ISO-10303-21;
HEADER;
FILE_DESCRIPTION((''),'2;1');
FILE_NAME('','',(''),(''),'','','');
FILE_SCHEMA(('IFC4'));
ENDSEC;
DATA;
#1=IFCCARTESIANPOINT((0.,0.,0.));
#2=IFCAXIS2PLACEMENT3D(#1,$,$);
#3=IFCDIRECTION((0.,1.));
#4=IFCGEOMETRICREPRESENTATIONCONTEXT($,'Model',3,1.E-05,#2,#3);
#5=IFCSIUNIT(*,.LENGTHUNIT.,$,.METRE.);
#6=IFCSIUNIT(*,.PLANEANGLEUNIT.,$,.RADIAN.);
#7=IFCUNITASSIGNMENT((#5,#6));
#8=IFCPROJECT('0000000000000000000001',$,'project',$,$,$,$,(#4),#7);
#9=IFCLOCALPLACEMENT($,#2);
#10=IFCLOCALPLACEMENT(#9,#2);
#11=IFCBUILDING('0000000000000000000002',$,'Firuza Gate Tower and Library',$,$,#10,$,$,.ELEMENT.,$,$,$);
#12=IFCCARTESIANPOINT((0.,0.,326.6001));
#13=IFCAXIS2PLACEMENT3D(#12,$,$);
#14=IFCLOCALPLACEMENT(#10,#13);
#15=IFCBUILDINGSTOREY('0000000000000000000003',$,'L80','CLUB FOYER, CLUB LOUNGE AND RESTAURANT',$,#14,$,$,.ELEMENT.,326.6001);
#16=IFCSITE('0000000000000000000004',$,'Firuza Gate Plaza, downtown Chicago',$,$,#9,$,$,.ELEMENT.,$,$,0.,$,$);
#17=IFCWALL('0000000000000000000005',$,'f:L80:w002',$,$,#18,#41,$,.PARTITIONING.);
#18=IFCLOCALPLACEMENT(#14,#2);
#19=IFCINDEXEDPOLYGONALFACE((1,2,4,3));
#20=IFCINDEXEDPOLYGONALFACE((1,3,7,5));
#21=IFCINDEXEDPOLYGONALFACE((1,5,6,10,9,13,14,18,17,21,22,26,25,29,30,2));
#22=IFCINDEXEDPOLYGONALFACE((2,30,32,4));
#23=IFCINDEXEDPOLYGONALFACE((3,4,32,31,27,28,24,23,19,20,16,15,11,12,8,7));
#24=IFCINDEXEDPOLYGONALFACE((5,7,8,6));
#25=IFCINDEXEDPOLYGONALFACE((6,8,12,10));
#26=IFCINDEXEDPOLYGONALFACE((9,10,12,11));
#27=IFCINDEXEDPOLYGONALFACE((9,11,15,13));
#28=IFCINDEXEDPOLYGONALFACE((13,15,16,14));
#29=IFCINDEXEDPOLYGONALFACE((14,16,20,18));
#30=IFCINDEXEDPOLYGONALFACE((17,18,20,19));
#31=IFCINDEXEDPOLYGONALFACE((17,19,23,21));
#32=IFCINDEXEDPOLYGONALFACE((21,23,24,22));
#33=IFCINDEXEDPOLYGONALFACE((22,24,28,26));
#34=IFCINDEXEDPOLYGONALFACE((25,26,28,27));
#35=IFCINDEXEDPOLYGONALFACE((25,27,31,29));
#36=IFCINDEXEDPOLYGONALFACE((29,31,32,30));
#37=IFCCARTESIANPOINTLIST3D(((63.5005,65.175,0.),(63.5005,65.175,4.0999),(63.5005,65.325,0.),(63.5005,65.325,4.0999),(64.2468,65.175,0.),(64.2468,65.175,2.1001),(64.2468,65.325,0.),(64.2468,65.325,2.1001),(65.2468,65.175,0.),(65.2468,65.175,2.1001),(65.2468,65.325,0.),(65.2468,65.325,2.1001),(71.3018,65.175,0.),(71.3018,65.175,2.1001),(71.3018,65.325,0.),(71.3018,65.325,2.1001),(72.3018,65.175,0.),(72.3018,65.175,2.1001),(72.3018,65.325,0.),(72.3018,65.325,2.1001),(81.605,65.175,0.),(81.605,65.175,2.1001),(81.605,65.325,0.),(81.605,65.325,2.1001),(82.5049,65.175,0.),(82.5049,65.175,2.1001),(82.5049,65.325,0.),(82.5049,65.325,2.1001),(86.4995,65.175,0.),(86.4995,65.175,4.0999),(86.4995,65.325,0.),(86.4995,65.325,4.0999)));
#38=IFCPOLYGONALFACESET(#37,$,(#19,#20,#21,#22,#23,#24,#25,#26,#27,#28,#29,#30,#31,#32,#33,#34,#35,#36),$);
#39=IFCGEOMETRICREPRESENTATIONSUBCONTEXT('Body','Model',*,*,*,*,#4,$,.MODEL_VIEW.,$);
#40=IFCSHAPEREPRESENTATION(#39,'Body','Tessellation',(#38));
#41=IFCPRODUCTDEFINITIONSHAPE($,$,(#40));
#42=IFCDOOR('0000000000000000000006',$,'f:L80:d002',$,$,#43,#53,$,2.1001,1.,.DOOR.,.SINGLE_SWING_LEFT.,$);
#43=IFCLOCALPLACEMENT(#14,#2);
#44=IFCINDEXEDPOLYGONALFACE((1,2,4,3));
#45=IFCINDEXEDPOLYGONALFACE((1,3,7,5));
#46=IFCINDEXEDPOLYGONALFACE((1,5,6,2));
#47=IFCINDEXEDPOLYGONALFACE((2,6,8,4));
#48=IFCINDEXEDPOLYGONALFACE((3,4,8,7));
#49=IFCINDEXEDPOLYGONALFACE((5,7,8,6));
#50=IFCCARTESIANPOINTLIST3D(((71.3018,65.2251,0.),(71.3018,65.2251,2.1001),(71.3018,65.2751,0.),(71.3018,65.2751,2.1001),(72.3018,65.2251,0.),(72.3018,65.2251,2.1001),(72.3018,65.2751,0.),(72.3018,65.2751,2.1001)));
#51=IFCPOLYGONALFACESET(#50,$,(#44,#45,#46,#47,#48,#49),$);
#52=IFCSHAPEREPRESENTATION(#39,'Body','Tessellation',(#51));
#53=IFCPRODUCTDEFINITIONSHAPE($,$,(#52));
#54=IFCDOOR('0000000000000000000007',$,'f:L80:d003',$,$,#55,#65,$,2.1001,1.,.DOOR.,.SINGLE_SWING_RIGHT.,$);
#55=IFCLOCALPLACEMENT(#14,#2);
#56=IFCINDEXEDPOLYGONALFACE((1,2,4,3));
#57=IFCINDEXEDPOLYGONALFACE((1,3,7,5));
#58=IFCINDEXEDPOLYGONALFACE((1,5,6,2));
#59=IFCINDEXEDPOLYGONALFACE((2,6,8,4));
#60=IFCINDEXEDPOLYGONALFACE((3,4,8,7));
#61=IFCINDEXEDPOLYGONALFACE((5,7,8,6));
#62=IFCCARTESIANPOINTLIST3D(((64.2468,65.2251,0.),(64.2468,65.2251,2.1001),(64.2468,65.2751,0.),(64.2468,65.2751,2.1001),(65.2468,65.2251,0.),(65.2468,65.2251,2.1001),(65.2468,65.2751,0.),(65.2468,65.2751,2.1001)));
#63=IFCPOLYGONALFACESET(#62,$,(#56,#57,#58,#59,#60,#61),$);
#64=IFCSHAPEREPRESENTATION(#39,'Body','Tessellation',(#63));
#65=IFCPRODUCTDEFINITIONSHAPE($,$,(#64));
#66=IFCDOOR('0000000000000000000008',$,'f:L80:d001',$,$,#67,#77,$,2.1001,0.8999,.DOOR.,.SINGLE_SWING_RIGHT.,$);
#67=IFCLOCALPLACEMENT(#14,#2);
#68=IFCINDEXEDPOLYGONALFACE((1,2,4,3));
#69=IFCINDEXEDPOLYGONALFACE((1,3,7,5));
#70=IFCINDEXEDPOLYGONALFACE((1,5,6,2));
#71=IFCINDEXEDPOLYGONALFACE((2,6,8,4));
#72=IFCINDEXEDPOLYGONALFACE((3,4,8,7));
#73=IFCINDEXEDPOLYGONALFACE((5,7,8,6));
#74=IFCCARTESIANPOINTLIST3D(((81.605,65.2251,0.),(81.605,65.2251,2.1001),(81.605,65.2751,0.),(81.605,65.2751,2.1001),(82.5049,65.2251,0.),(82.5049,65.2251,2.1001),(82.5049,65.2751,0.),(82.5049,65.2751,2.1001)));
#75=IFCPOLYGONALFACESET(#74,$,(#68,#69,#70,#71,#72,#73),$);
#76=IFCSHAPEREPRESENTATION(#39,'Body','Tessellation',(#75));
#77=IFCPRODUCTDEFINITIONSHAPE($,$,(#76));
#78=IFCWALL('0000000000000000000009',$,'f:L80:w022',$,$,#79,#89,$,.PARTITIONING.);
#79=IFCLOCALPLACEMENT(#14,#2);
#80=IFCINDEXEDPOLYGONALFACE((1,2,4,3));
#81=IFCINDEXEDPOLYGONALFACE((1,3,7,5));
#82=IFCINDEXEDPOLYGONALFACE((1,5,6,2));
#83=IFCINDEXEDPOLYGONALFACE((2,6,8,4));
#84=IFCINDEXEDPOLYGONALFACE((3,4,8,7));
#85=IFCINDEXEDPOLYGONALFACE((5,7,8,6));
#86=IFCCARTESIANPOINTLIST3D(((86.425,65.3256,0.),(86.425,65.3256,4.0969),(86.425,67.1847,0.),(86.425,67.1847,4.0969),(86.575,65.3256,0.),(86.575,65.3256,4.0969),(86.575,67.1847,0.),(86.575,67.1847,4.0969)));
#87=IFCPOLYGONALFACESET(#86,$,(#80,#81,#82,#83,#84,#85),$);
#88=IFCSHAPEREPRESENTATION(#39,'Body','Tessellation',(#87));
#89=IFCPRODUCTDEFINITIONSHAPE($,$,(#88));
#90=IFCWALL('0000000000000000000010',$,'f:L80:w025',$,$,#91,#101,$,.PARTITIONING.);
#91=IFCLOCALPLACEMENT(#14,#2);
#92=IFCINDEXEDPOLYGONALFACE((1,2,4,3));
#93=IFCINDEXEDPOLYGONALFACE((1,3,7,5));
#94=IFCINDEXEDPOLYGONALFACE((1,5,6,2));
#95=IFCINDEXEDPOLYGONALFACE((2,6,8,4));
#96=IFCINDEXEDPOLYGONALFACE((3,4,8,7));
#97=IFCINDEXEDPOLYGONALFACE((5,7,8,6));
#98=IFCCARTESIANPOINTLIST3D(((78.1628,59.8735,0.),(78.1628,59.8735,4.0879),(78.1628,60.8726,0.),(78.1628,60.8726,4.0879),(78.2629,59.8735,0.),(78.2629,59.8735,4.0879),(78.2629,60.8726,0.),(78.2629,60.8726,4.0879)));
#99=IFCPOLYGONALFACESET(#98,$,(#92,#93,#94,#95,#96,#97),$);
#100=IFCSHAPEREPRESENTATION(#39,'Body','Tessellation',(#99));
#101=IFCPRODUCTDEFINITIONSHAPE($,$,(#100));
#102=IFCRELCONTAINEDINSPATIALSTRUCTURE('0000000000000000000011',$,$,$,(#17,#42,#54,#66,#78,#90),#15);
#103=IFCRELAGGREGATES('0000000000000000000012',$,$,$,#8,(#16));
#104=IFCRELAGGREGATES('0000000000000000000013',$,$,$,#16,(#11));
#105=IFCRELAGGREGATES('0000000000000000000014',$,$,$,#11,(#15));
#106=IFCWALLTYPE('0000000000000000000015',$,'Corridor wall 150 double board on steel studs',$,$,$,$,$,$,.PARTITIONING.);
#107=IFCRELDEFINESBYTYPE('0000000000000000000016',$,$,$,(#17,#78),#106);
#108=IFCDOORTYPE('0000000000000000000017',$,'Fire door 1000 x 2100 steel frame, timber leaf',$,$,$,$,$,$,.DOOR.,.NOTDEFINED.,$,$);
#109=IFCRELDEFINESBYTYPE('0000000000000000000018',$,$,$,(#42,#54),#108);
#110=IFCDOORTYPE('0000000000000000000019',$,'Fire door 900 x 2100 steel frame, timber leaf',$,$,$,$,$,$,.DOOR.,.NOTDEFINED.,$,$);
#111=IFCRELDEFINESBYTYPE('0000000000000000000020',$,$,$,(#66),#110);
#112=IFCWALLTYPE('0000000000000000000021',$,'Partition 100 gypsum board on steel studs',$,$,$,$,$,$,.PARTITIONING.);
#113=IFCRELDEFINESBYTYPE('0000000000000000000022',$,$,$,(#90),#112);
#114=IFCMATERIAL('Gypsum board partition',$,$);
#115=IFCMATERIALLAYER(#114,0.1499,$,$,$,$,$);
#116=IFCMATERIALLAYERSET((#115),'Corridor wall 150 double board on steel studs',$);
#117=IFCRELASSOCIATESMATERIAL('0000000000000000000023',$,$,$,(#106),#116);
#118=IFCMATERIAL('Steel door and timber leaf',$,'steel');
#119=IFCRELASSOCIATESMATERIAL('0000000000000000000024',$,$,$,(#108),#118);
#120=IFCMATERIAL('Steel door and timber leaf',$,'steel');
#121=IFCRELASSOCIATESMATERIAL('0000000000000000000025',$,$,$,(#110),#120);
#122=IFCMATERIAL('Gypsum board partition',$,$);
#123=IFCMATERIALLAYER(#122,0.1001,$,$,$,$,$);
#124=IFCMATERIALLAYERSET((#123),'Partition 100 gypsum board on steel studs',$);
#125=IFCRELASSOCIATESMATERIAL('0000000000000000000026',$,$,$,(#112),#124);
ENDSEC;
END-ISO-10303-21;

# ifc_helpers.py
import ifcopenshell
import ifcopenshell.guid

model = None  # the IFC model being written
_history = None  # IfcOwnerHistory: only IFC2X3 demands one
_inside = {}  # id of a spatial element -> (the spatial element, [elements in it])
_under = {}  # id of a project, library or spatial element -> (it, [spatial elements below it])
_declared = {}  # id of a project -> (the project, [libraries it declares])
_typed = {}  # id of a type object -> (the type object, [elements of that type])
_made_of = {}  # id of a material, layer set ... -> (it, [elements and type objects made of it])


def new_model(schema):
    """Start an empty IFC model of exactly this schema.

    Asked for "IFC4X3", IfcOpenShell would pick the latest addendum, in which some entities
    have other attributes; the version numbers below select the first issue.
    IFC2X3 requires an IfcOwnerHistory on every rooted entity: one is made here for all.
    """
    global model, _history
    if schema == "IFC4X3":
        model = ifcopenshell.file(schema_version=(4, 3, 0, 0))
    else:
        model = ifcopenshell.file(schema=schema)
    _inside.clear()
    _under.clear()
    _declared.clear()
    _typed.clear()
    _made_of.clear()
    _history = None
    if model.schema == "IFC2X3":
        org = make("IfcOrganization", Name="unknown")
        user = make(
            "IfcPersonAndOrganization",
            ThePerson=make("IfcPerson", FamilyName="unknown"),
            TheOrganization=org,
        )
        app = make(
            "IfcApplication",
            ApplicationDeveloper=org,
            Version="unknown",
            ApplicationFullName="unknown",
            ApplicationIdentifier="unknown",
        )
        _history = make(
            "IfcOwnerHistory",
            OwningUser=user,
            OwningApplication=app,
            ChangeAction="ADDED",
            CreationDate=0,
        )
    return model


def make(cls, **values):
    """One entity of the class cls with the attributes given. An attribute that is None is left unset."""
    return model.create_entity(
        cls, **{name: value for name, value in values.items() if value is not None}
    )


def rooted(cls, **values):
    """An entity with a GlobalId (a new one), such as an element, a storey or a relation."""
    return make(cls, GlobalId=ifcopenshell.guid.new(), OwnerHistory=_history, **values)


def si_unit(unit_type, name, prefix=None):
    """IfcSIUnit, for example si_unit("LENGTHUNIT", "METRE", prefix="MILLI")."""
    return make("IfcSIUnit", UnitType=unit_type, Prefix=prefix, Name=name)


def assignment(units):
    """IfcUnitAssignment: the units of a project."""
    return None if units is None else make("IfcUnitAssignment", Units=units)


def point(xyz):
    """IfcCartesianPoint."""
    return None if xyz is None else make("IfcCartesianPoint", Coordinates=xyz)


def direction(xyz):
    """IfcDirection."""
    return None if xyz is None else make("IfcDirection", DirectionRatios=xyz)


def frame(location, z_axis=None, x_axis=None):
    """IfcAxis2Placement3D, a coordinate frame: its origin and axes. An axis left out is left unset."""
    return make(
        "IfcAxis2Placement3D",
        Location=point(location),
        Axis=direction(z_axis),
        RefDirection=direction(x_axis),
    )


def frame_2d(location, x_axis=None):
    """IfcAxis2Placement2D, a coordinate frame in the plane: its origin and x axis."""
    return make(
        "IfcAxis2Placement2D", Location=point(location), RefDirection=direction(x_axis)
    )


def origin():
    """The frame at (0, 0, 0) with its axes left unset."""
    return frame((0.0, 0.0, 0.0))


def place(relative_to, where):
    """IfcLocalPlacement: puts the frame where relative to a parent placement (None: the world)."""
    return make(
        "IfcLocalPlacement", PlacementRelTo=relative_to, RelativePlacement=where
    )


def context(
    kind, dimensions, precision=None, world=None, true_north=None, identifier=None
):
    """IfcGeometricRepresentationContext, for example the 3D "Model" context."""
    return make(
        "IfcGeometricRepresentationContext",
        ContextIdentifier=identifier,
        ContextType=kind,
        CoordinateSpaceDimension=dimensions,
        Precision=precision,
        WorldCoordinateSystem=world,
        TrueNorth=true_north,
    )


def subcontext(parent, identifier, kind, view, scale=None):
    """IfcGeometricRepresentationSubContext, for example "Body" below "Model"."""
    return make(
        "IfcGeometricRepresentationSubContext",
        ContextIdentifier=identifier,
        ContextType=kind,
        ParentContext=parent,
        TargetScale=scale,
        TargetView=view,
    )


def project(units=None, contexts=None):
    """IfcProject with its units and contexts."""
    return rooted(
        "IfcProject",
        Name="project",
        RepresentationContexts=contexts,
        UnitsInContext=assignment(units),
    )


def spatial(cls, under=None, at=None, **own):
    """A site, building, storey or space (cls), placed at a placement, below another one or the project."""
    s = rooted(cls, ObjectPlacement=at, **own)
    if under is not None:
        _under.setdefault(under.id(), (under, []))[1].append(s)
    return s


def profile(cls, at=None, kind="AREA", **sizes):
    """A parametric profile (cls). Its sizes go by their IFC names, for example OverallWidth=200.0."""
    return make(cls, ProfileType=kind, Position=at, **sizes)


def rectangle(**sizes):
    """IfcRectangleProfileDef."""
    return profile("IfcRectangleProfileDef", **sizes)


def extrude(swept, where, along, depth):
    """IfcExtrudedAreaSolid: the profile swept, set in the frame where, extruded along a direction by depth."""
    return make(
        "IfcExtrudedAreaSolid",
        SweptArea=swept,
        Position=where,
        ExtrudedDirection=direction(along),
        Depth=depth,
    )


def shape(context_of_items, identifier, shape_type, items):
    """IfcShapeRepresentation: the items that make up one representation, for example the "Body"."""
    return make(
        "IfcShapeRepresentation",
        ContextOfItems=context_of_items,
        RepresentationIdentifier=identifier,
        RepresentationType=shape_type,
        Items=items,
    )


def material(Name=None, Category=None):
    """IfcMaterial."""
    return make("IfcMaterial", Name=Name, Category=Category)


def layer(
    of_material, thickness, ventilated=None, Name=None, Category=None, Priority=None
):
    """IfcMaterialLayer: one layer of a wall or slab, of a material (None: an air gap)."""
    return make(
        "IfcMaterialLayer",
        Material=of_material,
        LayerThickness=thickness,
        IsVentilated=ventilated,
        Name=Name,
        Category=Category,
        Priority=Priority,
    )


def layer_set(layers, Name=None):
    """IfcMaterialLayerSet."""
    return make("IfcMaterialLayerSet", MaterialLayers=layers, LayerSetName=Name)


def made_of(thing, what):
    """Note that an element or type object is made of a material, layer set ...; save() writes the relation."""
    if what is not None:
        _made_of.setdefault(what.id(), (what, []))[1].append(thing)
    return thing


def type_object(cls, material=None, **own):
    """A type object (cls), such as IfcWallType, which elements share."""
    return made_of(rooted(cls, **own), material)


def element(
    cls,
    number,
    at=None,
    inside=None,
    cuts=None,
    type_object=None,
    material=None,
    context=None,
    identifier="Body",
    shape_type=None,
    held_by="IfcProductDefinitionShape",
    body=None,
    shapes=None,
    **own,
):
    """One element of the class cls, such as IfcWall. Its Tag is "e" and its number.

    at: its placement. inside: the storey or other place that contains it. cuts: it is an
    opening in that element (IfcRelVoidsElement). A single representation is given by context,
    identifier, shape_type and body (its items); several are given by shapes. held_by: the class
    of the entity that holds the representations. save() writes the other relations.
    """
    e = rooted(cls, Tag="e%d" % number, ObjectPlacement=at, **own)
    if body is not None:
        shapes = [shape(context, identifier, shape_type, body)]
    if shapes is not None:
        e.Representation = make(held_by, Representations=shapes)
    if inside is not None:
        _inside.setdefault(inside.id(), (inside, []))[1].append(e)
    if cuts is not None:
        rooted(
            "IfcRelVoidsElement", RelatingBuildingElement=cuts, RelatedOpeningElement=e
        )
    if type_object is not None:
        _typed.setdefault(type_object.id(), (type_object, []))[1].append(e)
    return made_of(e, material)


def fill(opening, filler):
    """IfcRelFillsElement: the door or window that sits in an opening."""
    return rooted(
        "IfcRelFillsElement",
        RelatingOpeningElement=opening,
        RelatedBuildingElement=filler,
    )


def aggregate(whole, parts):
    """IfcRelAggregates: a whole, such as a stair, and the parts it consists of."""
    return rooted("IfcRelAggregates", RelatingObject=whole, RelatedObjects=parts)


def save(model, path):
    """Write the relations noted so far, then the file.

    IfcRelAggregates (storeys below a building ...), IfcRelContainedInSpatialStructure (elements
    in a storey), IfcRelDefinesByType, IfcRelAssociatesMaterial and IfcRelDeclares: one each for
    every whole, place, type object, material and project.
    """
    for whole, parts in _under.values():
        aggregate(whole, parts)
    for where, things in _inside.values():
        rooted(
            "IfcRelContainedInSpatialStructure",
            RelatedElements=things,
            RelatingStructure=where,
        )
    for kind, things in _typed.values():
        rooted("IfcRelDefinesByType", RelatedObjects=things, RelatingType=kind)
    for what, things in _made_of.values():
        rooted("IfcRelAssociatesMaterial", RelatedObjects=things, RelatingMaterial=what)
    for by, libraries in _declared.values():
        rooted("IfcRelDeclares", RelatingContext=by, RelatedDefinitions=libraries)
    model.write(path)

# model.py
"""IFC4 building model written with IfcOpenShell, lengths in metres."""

from ifc_helpers import new_model, si_unit, direction, frame, frame_2d, origin, place, context, subcontext, project, spatial, rectangle, extrude, material, layer, layer_set, type_object, element, fill, save


model = new_model("IFC4")

# Units and contexts
model_context = context("Model", 3, precision=1e-05, world=origin(), true_north=direction((0.0, 1.0)))
body_context = subcontext(model_context, "Body", "Model", "MODEL_VIEW")
ifc_project = project(units=[si_unit("LENGTHUNIT", "METRE"), si_unit("PLANEANGLEUNIT", "RADIAN")], contexts=[model_context])

# Site, building, storey
site_placement = place(None, origin())
site = spatial("IfcSite", under=ifc_project, at=site_placement, Name="Firuza Gate Plaza, downtown Chicago", CompositionType="ELEMENT", RefElevation=0.0)
building_placement = place(site_placement, origin())
building = spatial("IfcBuilding", under=site, at=building_placement, Name="Firuza Gate Tower and Library", CompositionType="ELEMENT")
storey_placement = place(building_placement, frame((0.0, 0.0, 326.6001)))
storey = spatial("IfcBuildingStorey", under=building, at=storey_placement, Name="L80", Description="CLUB FOYER, CLUB LOUNGE AND RESTAURANT", CompositionType="ELEMENT", Elevation=326.6001)

# Wall, openings, doors
ifc_material_1 = material(Name="Gypsum board partition")
ifc_layer_1 = layer(ifc_material_1, 0.1499)
ifc_layer_set_1 = layer_set([ifc_layer_1], Name="Corridor wall 150 double board on steel studs")
wall_type_1 = type_object("IfcWallType", Name="Corridor wall 150 double board on steel studs", PredefinedType="PARTITIONING", material=ifc_layer_set_1)
wall_1_placement = place(storey_placement, frame((86.4995, 65.25, 0.0), z_axis=(0.0, 0.0, 1.0), x_axis=(-1.0, 0.0, 0.0)))
wall_1 = element("IfcWall", 1, at=wall_1_placement, inside=storey, type_object=wall_type_1, Name="f:L80:w002", PredefinedType="PARTITIONING", context=body_context, shape_type="SweptSolid", body=[
    extrude(rectangle(XDim=22.999, YDim=0.1499, at=frame_2d((11.4995, 0.0))), origin(), (0.0, 0.0, 1.0), 4.0999),
])
opening_1_placement = place(wall_1_placement, frame((3.9946, 0.0, 0.0)))
opening_1 = element("IfcOpeningElement", 2, at=opening_1_placement, cuts=wall_1, PredefinedType="OPENING", context=body_context, shape_type="SweptSolid", body=[
    extrude(rectangle(XDim=0.8999, YDim=2.1001, at=frame_2d((0.45, 1.05))), frame((0.0, 0.085, 0.0), z_axis=(0.0, -1.0, 0.0), x_axis=(1.0, 0.0, 0.0)), (0.0, 0.0, 1.0), 0.1699),
])
opening_2_placement = place(wall_1_placement, frame((14.1978, 0.0, 0.0)))
opening_2 = element("IfcOpeningElement", 3, at=opening_2_placement, cuts=wall_1, PredefinedType="OPENING", context=body_context, shape_type="SweptSolid", body=[
    extrude(rectangle(XDim=1.0, YDim=2.1001, at=frame_2d((0.5, 1.05))), frame((0.0, 0.085, 0.0), z_axis=(0.0, -1.0, 0.0), x_axis=(1.0, 0.0, 0.0)), (0.0, 0.0, 1.0), 0.1699),
])
opening_3_placement = place(wall_1_placement, frame((21.2527, 0.0, 0.0)))
opening_3 = element("IfcOpeningElement", 4, at=opening_3_placement, cuts=wall_1, PredefinedType="OPENING", context=body_context, shape_type="SweptSolid", body=[
    extrude(rectangle(XDim=1.0, YDim=2.1001, at=frame_2d((0.5, 1.05))), frame((0.0, 0.085, 0.0), z_axis=(0.0, -1.0, 0.0), x_axis=(1.0, 0.0, 0.0)), (0.0, 0.0, 1.0), 0.1699),
])
ifc_material_2 = material(Name="Steel door and timber leaf", Category="steel")
door_type_1 = type_object("IfcDoorType", Name="Fire door 1000 x 2100 steel frame, timber leaf", OperationType="NOTDEFINED", PredefinedType="DOOR", material=ifc_material_2)
door_1_placement = place(opening_2_placement, origin())
door_1 = element("IfcDoor", 5, at=door_1_placement, inside=storey, type_object=door_type_1, Name="f:L80:d002", OperationType="SINGLE_SWING_LEFT", OverallHeight=2.1001, OverallWidth=1.0, PredefinedType="DOOR", context=body_context, shape_type="SweptSolid", body=[
    extrude(rectangle(XDim=1.0, YDim=2.1001, at=frame_2d((0.5, 1.05))), frame((0.0, 0.0249, 0.0), z_axis=(0.0, -1.0, 0.0), x_axis=(1.0, 0.0, 0.0)), (0.0, 0.0, 1.0), 0.05),
])
fill(opening_2, door_1)
door_2_placement = place(opening_3_placement, origin())
door_2 = element("IfcDoor", 6, at=door_2_placement, inside=storey, type_object=door_type_1, Name="f:L80:d003", OperationType="SINGLE_SWING_RIGHT", OverallHeight=2.1001, OverallWidth=1.0, PredefinedType="DOOR", context=body_context, shape_type="SweptSolid", body=[
    extrude(rectangle(XDim=1.0, YDim=2.1001, at=frame_2d((0.5, 1.05))), frame((0.0, 0.0249, 0.0), z_axis=(0.0, -1.0, 0.0), x_axis=(1.0, 0.0, 0.0)), (0.0, 0.0, 1.0), 0.05),
])
fill(opening_3, door_2)
ifc_material_3 = material(Name="Steel door and timber leaf", Category="steel")
door_type_2 = type_object("IfcDoorType", Name="Fire door 900 x 2100 steel frame, timber leaf", OperationType="NOTDEFINED", PredefinedType="DOOR", material=ifc_material_3)
door_3_placement = place(opening_1_placement, origin())
door_3 = element("IfcDoor", 7, at=door_3_placement, inside=storey, type_object=door_type_2, Name="f:L80:d001", OperationType="SINGLE_SWING_RIGHT", OverallHeight=2.1001, OverallWidth=0.8999, PredefinedType="DOOR", context=body_context, shape_type="SweptSolid", body=[
    extrude(rectangle(XDim=0.8999, YDim=2.1001, at=frame_2d((0.45, 1.05))), frame((0.0, 0.0249, 0.0), z_axis=(0.0, -1.0, 0.0), x_axis=(1.0, 0.0, 0.0)), (0.0, 0.0, 1.0), 0.05),
])
fill(opening_1, door_3)

# Walls
wall_2_placement = place(storey_placement, frame((86.5, 65.3254, 0.0), z_axis=(0.0, 0.0, 1.0), x_axis=(0.0, 1.0, 0.0)))
element("IfcWall", 8, at=wall_2_placement, inside=storey, type_object=wall_type_1, Name="f:L80:w022", PredefinedType="PARTITIONING", context=body_context, shape_type="SweptSolid", body=[
    extrude(rectangle(XDim=1.8591, YDim=0.1499, at=frame_2d((0.9297, 0.0))), origin(), (0.0, 0.0, 1.0), 4.0969),
])
ifc_material_4 = material(Name="Gypsum board partition")
ifc_layer_2 = layer(ifc_material_4, 0.1001)
ifc_layer_set_2 = layer_set([ifc_layer_2], Name="Partition 100 gypsum board on steel studs")
wall_type_2 = type_object("IfcWallType", Name="Partition 100 gypsum board on steel studs", PredefinedType="PARTITIONING", material=ifc_layer_set_2)
wall_3_placement = place(storey_placement, frame((78.2129, 59.8735, 0.0), z_axis=(0.0, 0.0, 1.0), x_axis=(0.0, 1.0, 0.0)))
element("IfcWall", 9, at=wall_3_placement, inside=storey, type_object=wall_type_2, Name="f:L80:w025", PredefinedType="PARTITIONING", context=body_context, shape_type="SweptSolid", body=[
    extrude(rectangle(XDim=0.999, YDim=0.1001, at=frame_2d((0.4995, 0.0))), origin(), (0.0, 0.0, 1.0), 4.0879),
])

save(model, "model.ifc")
